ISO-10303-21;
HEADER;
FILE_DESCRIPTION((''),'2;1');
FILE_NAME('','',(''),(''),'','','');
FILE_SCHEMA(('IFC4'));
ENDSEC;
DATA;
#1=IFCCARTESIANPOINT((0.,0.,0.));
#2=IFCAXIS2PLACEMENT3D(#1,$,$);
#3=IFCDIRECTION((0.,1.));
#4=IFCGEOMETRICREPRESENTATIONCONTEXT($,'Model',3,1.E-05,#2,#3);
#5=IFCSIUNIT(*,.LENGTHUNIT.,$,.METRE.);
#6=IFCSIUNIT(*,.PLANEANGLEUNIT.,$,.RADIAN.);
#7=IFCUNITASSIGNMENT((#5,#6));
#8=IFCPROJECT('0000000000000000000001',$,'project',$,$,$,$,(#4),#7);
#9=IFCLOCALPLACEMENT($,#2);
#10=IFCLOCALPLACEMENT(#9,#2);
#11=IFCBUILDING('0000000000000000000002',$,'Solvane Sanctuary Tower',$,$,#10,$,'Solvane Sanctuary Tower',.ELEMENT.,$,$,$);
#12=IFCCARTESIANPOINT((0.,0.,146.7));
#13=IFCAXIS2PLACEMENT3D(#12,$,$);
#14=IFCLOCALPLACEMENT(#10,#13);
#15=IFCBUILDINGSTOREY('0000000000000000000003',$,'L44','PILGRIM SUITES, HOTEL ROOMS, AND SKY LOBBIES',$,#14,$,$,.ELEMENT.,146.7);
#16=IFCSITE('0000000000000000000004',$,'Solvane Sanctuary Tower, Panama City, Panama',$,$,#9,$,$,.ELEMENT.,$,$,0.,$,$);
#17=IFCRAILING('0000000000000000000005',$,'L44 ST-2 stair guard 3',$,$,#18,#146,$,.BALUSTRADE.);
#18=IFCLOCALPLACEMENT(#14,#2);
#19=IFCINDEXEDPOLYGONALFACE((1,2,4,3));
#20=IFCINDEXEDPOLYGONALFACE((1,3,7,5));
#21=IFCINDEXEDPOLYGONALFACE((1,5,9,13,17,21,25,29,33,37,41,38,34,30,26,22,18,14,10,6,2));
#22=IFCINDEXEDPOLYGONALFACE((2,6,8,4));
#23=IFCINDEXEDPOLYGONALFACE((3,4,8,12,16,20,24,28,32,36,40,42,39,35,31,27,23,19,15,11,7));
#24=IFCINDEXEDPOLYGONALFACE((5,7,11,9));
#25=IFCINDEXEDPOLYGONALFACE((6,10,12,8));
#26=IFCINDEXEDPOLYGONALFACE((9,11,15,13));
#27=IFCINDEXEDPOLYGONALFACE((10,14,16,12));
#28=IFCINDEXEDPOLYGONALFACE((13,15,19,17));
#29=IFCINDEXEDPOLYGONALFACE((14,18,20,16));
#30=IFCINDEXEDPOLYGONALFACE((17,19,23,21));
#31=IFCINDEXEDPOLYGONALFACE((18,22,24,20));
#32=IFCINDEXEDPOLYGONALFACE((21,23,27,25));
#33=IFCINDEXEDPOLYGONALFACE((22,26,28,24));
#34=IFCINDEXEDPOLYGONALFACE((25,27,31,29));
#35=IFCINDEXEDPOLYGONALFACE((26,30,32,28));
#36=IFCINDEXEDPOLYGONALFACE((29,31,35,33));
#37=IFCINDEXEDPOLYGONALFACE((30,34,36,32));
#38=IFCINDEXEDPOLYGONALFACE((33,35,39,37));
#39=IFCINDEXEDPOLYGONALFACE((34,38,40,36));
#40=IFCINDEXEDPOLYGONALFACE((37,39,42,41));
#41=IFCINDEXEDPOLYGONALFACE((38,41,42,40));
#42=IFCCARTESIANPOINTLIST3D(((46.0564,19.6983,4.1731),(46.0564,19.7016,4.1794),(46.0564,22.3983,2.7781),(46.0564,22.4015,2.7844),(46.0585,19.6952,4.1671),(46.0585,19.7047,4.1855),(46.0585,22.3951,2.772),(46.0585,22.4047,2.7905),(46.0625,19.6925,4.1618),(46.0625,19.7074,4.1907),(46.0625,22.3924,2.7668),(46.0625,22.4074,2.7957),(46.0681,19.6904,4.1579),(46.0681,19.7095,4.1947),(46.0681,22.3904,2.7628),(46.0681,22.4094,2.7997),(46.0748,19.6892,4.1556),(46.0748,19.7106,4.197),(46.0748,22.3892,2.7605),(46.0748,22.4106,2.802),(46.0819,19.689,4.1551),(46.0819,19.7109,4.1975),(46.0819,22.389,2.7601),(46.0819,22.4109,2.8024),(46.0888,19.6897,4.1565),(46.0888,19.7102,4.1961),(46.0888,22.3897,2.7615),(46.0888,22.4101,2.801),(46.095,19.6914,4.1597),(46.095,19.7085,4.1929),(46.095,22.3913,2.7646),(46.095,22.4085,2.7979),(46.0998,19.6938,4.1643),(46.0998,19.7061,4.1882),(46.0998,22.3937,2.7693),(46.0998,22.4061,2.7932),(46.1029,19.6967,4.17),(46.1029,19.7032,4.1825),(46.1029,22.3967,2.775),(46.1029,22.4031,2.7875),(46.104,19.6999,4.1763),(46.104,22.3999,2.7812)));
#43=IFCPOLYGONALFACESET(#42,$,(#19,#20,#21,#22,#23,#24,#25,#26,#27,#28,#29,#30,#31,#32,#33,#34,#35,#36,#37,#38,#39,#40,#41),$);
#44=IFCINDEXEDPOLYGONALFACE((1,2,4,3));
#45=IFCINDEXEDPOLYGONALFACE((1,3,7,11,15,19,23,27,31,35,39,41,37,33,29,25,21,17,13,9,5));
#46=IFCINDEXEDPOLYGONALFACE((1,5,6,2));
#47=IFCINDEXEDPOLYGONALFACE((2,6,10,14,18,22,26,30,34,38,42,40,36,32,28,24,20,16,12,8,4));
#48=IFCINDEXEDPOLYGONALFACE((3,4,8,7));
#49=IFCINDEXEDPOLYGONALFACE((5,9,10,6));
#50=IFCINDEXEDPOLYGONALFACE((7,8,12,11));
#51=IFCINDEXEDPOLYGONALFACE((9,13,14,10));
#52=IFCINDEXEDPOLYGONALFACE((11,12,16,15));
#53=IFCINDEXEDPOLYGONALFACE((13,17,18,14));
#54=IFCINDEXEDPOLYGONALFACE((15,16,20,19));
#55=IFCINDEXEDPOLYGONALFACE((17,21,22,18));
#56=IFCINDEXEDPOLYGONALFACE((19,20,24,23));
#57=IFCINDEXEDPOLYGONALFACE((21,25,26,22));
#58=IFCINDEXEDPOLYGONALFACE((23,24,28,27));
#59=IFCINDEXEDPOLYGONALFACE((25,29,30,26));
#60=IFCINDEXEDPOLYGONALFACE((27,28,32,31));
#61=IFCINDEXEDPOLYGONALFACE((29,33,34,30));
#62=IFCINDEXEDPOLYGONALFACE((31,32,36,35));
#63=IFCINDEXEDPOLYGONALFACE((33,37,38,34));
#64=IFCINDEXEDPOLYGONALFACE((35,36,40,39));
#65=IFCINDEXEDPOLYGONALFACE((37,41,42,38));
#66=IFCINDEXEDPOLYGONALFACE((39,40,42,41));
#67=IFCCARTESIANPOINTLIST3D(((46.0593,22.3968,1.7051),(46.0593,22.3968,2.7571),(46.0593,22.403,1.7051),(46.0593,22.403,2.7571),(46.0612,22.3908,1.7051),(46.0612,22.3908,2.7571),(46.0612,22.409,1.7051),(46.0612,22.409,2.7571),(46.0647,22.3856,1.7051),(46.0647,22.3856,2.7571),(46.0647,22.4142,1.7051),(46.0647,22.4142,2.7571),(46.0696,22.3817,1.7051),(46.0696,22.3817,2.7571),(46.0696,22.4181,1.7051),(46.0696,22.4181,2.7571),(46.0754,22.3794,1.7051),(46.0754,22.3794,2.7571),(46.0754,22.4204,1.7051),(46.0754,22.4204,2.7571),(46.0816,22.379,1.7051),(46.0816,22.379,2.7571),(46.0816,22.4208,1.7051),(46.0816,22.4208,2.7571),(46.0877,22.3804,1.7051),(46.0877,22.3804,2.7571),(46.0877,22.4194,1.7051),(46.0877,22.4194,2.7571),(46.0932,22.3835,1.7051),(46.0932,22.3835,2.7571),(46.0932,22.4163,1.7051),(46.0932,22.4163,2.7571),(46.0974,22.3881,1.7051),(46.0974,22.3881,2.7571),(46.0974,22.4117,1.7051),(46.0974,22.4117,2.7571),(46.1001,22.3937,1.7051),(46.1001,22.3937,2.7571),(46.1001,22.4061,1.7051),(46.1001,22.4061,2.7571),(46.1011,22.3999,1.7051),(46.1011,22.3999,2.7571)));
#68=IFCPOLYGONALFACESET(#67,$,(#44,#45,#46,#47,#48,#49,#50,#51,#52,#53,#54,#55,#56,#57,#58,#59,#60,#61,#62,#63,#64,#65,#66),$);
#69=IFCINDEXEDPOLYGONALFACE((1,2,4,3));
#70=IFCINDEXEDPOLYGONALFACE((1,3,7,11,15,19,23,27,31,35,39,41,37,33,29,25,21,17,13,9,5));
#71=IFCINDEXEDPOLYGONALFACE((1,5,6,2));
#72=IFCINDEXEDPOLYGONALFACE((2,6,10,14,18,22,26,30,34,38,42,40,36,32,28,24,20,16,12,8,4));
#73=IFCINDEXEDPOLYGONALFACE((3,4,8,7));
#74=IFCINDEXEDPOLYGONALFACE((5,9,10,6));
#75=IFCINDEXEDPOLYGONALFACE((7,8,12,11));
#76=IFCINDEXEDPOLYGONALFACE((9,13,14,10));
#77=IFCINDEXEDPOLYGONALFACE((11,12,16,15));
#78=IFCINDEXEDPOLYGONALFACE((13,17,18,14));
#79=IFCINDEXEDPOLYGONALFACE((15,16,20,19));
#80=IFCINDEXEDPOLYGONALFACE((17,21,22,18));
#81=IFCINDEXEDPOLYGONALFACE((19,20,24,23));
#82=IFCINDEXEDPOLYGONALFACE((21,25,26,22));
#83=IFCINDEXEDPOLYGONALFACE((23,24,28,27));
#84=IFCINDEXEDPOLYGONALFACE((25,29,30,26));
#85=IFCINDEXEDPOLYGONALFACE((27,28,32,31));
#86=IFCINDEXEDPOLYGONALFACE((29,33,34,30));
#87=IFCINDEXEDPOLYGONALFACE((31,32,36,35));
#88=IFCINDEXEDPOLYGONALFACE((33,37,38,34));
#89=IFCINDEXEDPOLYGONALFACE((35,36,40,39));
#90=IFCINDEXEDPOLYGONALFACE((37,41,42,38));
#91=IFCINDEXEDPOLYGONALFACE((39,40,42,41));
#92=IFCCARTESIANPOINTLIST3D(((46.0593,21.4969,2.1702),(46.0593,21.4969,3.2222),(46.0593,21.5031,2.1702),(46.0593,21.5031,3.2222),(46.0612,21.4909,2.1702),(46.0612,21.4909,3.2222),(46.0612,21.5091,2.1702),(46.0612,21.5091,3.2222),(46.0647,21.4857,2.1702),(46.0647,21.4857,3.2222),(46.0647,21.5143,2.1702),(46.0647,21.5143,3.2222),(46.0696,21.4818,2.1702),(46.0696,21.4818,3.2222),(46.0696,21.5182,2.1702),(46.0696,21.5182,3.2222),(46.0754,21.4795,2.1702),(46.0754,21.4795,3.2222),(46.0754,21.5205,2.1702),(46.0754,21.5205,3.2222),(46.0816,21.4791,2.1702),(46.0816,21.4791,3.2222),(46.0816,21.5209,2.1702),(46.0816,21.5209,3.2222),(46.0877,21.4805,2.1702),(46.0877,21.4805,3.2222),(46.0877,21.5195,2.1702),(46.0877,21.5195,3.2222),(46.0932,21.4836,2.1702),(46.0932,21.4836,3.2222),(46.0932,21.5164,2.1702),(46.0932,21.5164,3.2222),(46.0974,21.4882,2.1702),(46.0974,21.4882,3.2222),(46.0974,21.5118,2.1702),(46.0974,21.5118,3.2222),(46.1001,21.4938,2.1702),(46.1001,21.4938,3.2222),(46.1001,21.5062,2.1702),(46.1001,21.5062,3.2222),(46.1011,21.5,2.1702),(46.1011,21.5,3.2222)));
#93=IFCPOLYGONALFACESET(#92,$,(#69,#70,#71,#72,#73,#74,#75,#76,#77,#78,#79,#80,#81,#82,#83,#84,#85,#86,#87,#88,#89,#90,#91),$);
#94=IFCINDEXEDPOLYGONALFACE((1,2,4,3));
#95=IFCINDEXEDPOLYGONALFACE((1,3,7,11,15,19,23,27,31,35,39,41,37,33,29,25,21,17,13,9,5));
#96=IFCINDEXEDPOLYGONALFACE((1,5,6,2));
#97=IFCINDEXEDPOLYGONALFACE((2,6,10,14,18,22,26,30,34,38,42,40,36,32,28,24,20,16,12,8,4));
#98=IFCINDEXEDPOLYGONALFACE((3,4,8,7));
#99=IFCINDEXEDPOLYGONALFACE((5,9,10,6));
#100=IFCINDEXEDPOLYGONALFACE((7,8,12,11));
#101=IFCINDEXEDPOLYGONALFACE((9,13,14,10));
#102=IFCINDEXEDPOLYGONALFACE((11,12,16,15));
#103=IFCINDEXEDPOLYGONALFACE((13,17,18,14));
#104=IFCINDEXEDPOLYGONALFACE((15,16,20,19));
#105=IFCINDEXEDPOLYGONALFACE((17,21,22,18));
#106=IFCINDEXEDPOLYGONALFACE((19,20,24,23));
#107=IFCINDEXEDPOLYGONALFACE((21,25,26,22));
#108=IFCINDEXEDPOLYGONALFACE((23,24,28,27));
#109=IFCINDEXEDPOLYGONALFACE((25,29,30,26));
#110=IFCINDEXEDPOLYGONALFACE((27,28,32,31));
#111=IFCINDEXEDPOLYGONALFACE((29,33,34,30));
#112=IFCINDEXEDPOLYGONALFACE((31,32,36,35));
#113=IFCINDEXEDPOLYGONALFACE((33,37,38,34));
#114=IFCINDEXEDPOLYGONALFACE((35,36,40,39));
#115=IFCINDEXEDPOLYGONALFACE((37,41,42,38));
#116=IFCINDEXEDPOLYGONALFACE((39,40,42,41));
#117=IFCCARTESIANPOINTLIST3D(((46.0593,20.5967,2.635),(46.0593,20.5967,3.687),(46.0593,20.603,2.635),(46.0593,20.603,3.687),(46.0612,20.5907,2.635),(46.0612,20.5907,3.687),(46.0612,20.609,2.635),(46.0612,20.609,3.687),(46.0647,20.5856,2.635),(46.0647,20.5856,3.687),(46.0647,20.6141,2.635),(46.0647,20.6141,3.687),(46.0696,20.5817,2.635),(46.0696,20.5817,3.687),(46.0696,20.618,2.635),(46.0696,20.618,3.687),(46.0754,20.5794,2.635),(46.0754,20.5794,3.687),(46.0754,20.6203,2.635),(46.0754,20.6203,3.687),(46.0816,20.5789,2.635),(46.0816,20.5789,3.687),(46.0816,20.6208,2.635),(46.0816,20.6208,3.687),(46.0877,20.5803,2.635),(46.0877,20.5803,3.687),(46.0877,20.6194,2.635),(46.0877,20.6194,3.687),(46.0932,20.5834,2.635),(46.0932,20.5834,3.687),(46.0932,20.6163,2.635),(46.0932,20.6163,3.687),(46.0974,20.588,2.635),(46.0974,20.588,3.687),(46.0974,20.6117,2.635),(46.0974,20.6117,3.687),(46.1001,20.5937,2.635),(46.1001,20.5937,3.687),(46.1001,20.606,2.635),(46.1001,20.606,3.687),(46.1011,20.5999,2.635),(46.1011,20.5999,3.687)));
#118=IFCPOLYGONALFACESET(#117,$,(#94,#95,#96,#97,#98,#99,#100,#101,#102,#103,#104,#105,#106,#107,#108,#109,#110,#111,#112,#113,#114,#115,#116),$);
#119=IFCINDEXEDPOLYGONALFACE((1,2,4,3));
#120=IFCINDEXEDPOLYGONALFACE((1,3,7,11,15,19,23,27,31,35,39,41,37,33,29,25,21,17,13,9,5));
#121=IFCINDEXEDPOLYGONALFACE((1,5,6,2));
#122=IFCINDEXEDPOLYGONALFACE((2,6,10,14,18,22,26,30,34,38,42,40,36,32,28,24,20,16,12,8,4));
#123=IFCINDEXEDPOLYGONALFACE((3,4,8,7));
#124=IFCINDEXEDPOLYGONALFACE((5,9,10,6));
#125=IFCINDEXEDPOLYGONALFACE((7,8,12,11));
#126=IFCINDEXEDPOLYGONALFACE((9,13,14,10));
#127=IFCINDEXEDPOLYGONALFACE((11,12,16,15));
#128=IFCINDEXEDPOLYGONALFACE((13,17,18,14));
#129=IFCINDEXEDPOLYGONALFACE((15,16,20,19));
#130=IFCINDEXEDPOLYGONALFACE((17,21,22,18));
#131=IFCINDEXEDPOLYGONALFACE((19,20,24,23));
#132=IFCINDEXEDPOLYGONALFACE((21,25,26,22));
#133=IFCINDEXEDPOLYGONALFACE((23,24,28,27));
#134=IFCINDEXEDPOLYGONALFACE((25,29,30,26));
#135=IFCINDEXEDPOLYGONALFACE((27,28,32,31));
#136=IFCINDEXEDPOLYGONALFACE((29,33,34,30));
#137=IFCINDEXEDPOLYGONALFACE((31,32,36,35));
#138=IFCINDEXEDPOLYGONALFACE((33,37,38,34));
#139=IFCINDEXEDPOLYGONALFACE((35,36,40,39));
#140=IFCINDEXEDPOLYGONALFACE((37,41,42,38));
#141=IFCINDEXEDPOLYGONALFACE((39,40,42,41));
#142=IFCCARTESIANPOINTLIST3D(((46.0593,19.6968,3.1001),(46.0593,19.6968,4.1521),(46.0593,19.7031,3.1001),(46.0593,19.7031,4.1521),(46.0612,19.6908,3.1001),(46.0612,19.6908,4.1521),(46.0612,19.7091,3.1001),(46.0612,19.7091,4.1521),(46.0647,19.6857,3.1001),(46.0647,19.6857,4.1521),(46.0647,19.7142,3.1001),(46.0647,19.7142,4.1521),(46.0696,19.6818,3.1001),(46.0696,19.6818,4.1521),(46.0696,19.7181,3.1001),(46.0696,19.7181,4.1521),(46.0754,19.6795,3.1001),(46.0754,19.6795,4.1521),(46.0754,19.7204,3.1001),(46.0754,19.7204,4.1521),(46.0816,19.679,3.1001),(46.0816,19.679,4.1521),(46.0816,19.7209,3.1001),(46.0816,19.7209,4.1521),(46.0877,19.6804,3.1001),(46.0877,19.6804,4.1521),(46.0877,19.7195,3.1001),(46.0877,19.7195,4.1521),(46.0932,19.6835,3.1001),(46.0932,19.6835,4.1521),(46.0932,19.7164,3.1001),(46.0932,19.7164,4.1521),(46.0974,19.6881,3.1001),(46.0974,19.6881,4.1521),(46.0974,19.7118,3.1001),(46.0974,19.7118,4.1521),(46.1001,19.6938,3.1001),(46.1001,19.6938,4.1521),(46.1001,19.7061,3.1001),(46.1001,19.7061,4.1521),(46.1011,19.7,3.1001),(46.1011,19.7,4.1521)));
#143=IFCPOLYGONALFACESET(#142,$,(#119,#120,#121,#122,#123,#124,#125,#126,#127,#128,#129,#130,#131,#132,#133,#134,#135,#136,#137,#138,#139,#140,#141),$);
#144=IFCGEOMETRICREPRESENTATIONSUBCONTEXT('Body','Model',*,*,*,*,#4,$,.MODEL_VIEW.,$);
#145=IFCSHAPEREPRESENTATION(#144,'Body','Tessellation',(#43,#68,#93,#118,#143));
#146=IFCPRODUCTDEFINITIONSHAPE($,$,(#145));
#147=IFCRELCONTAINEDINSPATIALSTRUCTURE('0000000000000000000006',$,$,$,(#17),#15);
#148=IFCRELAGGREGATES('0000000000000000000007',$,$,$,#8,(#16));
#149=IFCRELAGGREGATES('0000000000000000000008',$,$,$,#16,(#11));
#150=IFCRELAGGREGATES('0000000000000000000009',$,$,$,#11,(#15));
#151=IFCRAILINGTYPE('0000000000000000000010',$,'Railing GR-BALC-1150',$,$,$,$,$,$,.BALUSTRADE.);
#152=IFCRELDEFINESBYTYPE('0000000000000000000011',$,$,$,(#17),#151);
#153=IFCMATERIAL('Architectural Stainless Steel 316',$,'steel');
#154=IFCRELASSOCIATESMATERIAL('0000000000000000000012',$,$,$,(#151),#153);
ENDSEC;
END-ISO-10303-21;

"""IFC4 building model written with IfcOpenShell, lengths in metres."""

from ifc_helpers import new_model, si_unit, direction, frame, origin, origin_2d, place, context, subcontext, project, spatial, circle, extrude, material, type_object, element, save


model = new_model("IFC4")

# Units and contexts
model_context = context("Model", 3, precision=1e-05, world=origin(), true_north=direction((0.0, 1.0)))
body_context = subcontext(model_context, "Body", "Model", "MODEL_VIEW")
ifc_project = project(units=[si_unit("LENGTHUNIT", "METRE"), si_unit("PLANEANGLEUNIT", "RADIAN")], contexts=[model_context])

# Site, building, storey
site_placement = place(None, origin())
site = spatial("IfcSite", under=ifc_project, at=site_placement, Name="Solvane Sanctuary Tower, Panama City, Panama", CompositionType="ELEMENT", RefElevation=0.0)
building_placement = place(site_placement, origin())
building = spatial("IfcBuilding", under=site, at=building_placement, Name="Solvane Sanctuary Tower", LongName="Solvane Sanctuary Tower", CompositionType="ELEMENT")
storey_placement = place(building_placement, frame((0.0, 0.0, 146.7)))
storey = spatial("IfcBuildingStorey", under=building, at=storey_placement, Name="L44", Description="PILGRIM SUITES, HOTEL ROOMS, AND SKY LOBBIES", CompositionType="ELEMENT", Elevation=146.7)

# Shared definitions
ifc_material_1 = material(Name="Architectural Stainless Steel 316", Category="steel")

# Railing
railing_type_1 = type_object("IfcRailingType", Name="Railing GR-BALC-1150", PredefinedType="BALUSTRADE", material=ifc_material_1)
railing_1_placement = place(storey_placement, frame((46.0801, 22.3999, 1.7051)))
element("IfcRailing", 1, at=railing_1_placement, inside=storey, type_object=railing_type_1, Name="L44 ST-2 stair guard 3", PredefinedType="BALUSTRADE", context=body_context, shape_type="SweptSolid", body=[
    extrude(circle(Radius=0.0239, at=origin_2d()), frame((0.0, 0.0, 1.0762), z_axis=(0.0, -0.88842, 0.459032), x_axis=(1.0, 0.0, 0.0)), (0.0, 0.0, 1.0), 3.0391),
    extrude(circle(Radius=0.021, at=origin_2d()), origin(), (0.0, 0.0, 1.0), 1.052),
    extrude(circle(Radius=0.021, at=origin_2d()), frame((0.0, -0.8999, 0.4651)), (0.0, 0.0, 1.0), 1.052),
    extrude(circle(Radius=0.021, at=origin_2d()), frame((0.0, -1.8, 0.9299)), (0.0, 0.0, 1.0), 1.052),
    extrude(circle(Radius=0.021, at=origin_2d()), frame((0.0, -2.7, 1.395)), (0.0, 0.0, 1.0), 1.052),
])

save(model, "model.ifc")
